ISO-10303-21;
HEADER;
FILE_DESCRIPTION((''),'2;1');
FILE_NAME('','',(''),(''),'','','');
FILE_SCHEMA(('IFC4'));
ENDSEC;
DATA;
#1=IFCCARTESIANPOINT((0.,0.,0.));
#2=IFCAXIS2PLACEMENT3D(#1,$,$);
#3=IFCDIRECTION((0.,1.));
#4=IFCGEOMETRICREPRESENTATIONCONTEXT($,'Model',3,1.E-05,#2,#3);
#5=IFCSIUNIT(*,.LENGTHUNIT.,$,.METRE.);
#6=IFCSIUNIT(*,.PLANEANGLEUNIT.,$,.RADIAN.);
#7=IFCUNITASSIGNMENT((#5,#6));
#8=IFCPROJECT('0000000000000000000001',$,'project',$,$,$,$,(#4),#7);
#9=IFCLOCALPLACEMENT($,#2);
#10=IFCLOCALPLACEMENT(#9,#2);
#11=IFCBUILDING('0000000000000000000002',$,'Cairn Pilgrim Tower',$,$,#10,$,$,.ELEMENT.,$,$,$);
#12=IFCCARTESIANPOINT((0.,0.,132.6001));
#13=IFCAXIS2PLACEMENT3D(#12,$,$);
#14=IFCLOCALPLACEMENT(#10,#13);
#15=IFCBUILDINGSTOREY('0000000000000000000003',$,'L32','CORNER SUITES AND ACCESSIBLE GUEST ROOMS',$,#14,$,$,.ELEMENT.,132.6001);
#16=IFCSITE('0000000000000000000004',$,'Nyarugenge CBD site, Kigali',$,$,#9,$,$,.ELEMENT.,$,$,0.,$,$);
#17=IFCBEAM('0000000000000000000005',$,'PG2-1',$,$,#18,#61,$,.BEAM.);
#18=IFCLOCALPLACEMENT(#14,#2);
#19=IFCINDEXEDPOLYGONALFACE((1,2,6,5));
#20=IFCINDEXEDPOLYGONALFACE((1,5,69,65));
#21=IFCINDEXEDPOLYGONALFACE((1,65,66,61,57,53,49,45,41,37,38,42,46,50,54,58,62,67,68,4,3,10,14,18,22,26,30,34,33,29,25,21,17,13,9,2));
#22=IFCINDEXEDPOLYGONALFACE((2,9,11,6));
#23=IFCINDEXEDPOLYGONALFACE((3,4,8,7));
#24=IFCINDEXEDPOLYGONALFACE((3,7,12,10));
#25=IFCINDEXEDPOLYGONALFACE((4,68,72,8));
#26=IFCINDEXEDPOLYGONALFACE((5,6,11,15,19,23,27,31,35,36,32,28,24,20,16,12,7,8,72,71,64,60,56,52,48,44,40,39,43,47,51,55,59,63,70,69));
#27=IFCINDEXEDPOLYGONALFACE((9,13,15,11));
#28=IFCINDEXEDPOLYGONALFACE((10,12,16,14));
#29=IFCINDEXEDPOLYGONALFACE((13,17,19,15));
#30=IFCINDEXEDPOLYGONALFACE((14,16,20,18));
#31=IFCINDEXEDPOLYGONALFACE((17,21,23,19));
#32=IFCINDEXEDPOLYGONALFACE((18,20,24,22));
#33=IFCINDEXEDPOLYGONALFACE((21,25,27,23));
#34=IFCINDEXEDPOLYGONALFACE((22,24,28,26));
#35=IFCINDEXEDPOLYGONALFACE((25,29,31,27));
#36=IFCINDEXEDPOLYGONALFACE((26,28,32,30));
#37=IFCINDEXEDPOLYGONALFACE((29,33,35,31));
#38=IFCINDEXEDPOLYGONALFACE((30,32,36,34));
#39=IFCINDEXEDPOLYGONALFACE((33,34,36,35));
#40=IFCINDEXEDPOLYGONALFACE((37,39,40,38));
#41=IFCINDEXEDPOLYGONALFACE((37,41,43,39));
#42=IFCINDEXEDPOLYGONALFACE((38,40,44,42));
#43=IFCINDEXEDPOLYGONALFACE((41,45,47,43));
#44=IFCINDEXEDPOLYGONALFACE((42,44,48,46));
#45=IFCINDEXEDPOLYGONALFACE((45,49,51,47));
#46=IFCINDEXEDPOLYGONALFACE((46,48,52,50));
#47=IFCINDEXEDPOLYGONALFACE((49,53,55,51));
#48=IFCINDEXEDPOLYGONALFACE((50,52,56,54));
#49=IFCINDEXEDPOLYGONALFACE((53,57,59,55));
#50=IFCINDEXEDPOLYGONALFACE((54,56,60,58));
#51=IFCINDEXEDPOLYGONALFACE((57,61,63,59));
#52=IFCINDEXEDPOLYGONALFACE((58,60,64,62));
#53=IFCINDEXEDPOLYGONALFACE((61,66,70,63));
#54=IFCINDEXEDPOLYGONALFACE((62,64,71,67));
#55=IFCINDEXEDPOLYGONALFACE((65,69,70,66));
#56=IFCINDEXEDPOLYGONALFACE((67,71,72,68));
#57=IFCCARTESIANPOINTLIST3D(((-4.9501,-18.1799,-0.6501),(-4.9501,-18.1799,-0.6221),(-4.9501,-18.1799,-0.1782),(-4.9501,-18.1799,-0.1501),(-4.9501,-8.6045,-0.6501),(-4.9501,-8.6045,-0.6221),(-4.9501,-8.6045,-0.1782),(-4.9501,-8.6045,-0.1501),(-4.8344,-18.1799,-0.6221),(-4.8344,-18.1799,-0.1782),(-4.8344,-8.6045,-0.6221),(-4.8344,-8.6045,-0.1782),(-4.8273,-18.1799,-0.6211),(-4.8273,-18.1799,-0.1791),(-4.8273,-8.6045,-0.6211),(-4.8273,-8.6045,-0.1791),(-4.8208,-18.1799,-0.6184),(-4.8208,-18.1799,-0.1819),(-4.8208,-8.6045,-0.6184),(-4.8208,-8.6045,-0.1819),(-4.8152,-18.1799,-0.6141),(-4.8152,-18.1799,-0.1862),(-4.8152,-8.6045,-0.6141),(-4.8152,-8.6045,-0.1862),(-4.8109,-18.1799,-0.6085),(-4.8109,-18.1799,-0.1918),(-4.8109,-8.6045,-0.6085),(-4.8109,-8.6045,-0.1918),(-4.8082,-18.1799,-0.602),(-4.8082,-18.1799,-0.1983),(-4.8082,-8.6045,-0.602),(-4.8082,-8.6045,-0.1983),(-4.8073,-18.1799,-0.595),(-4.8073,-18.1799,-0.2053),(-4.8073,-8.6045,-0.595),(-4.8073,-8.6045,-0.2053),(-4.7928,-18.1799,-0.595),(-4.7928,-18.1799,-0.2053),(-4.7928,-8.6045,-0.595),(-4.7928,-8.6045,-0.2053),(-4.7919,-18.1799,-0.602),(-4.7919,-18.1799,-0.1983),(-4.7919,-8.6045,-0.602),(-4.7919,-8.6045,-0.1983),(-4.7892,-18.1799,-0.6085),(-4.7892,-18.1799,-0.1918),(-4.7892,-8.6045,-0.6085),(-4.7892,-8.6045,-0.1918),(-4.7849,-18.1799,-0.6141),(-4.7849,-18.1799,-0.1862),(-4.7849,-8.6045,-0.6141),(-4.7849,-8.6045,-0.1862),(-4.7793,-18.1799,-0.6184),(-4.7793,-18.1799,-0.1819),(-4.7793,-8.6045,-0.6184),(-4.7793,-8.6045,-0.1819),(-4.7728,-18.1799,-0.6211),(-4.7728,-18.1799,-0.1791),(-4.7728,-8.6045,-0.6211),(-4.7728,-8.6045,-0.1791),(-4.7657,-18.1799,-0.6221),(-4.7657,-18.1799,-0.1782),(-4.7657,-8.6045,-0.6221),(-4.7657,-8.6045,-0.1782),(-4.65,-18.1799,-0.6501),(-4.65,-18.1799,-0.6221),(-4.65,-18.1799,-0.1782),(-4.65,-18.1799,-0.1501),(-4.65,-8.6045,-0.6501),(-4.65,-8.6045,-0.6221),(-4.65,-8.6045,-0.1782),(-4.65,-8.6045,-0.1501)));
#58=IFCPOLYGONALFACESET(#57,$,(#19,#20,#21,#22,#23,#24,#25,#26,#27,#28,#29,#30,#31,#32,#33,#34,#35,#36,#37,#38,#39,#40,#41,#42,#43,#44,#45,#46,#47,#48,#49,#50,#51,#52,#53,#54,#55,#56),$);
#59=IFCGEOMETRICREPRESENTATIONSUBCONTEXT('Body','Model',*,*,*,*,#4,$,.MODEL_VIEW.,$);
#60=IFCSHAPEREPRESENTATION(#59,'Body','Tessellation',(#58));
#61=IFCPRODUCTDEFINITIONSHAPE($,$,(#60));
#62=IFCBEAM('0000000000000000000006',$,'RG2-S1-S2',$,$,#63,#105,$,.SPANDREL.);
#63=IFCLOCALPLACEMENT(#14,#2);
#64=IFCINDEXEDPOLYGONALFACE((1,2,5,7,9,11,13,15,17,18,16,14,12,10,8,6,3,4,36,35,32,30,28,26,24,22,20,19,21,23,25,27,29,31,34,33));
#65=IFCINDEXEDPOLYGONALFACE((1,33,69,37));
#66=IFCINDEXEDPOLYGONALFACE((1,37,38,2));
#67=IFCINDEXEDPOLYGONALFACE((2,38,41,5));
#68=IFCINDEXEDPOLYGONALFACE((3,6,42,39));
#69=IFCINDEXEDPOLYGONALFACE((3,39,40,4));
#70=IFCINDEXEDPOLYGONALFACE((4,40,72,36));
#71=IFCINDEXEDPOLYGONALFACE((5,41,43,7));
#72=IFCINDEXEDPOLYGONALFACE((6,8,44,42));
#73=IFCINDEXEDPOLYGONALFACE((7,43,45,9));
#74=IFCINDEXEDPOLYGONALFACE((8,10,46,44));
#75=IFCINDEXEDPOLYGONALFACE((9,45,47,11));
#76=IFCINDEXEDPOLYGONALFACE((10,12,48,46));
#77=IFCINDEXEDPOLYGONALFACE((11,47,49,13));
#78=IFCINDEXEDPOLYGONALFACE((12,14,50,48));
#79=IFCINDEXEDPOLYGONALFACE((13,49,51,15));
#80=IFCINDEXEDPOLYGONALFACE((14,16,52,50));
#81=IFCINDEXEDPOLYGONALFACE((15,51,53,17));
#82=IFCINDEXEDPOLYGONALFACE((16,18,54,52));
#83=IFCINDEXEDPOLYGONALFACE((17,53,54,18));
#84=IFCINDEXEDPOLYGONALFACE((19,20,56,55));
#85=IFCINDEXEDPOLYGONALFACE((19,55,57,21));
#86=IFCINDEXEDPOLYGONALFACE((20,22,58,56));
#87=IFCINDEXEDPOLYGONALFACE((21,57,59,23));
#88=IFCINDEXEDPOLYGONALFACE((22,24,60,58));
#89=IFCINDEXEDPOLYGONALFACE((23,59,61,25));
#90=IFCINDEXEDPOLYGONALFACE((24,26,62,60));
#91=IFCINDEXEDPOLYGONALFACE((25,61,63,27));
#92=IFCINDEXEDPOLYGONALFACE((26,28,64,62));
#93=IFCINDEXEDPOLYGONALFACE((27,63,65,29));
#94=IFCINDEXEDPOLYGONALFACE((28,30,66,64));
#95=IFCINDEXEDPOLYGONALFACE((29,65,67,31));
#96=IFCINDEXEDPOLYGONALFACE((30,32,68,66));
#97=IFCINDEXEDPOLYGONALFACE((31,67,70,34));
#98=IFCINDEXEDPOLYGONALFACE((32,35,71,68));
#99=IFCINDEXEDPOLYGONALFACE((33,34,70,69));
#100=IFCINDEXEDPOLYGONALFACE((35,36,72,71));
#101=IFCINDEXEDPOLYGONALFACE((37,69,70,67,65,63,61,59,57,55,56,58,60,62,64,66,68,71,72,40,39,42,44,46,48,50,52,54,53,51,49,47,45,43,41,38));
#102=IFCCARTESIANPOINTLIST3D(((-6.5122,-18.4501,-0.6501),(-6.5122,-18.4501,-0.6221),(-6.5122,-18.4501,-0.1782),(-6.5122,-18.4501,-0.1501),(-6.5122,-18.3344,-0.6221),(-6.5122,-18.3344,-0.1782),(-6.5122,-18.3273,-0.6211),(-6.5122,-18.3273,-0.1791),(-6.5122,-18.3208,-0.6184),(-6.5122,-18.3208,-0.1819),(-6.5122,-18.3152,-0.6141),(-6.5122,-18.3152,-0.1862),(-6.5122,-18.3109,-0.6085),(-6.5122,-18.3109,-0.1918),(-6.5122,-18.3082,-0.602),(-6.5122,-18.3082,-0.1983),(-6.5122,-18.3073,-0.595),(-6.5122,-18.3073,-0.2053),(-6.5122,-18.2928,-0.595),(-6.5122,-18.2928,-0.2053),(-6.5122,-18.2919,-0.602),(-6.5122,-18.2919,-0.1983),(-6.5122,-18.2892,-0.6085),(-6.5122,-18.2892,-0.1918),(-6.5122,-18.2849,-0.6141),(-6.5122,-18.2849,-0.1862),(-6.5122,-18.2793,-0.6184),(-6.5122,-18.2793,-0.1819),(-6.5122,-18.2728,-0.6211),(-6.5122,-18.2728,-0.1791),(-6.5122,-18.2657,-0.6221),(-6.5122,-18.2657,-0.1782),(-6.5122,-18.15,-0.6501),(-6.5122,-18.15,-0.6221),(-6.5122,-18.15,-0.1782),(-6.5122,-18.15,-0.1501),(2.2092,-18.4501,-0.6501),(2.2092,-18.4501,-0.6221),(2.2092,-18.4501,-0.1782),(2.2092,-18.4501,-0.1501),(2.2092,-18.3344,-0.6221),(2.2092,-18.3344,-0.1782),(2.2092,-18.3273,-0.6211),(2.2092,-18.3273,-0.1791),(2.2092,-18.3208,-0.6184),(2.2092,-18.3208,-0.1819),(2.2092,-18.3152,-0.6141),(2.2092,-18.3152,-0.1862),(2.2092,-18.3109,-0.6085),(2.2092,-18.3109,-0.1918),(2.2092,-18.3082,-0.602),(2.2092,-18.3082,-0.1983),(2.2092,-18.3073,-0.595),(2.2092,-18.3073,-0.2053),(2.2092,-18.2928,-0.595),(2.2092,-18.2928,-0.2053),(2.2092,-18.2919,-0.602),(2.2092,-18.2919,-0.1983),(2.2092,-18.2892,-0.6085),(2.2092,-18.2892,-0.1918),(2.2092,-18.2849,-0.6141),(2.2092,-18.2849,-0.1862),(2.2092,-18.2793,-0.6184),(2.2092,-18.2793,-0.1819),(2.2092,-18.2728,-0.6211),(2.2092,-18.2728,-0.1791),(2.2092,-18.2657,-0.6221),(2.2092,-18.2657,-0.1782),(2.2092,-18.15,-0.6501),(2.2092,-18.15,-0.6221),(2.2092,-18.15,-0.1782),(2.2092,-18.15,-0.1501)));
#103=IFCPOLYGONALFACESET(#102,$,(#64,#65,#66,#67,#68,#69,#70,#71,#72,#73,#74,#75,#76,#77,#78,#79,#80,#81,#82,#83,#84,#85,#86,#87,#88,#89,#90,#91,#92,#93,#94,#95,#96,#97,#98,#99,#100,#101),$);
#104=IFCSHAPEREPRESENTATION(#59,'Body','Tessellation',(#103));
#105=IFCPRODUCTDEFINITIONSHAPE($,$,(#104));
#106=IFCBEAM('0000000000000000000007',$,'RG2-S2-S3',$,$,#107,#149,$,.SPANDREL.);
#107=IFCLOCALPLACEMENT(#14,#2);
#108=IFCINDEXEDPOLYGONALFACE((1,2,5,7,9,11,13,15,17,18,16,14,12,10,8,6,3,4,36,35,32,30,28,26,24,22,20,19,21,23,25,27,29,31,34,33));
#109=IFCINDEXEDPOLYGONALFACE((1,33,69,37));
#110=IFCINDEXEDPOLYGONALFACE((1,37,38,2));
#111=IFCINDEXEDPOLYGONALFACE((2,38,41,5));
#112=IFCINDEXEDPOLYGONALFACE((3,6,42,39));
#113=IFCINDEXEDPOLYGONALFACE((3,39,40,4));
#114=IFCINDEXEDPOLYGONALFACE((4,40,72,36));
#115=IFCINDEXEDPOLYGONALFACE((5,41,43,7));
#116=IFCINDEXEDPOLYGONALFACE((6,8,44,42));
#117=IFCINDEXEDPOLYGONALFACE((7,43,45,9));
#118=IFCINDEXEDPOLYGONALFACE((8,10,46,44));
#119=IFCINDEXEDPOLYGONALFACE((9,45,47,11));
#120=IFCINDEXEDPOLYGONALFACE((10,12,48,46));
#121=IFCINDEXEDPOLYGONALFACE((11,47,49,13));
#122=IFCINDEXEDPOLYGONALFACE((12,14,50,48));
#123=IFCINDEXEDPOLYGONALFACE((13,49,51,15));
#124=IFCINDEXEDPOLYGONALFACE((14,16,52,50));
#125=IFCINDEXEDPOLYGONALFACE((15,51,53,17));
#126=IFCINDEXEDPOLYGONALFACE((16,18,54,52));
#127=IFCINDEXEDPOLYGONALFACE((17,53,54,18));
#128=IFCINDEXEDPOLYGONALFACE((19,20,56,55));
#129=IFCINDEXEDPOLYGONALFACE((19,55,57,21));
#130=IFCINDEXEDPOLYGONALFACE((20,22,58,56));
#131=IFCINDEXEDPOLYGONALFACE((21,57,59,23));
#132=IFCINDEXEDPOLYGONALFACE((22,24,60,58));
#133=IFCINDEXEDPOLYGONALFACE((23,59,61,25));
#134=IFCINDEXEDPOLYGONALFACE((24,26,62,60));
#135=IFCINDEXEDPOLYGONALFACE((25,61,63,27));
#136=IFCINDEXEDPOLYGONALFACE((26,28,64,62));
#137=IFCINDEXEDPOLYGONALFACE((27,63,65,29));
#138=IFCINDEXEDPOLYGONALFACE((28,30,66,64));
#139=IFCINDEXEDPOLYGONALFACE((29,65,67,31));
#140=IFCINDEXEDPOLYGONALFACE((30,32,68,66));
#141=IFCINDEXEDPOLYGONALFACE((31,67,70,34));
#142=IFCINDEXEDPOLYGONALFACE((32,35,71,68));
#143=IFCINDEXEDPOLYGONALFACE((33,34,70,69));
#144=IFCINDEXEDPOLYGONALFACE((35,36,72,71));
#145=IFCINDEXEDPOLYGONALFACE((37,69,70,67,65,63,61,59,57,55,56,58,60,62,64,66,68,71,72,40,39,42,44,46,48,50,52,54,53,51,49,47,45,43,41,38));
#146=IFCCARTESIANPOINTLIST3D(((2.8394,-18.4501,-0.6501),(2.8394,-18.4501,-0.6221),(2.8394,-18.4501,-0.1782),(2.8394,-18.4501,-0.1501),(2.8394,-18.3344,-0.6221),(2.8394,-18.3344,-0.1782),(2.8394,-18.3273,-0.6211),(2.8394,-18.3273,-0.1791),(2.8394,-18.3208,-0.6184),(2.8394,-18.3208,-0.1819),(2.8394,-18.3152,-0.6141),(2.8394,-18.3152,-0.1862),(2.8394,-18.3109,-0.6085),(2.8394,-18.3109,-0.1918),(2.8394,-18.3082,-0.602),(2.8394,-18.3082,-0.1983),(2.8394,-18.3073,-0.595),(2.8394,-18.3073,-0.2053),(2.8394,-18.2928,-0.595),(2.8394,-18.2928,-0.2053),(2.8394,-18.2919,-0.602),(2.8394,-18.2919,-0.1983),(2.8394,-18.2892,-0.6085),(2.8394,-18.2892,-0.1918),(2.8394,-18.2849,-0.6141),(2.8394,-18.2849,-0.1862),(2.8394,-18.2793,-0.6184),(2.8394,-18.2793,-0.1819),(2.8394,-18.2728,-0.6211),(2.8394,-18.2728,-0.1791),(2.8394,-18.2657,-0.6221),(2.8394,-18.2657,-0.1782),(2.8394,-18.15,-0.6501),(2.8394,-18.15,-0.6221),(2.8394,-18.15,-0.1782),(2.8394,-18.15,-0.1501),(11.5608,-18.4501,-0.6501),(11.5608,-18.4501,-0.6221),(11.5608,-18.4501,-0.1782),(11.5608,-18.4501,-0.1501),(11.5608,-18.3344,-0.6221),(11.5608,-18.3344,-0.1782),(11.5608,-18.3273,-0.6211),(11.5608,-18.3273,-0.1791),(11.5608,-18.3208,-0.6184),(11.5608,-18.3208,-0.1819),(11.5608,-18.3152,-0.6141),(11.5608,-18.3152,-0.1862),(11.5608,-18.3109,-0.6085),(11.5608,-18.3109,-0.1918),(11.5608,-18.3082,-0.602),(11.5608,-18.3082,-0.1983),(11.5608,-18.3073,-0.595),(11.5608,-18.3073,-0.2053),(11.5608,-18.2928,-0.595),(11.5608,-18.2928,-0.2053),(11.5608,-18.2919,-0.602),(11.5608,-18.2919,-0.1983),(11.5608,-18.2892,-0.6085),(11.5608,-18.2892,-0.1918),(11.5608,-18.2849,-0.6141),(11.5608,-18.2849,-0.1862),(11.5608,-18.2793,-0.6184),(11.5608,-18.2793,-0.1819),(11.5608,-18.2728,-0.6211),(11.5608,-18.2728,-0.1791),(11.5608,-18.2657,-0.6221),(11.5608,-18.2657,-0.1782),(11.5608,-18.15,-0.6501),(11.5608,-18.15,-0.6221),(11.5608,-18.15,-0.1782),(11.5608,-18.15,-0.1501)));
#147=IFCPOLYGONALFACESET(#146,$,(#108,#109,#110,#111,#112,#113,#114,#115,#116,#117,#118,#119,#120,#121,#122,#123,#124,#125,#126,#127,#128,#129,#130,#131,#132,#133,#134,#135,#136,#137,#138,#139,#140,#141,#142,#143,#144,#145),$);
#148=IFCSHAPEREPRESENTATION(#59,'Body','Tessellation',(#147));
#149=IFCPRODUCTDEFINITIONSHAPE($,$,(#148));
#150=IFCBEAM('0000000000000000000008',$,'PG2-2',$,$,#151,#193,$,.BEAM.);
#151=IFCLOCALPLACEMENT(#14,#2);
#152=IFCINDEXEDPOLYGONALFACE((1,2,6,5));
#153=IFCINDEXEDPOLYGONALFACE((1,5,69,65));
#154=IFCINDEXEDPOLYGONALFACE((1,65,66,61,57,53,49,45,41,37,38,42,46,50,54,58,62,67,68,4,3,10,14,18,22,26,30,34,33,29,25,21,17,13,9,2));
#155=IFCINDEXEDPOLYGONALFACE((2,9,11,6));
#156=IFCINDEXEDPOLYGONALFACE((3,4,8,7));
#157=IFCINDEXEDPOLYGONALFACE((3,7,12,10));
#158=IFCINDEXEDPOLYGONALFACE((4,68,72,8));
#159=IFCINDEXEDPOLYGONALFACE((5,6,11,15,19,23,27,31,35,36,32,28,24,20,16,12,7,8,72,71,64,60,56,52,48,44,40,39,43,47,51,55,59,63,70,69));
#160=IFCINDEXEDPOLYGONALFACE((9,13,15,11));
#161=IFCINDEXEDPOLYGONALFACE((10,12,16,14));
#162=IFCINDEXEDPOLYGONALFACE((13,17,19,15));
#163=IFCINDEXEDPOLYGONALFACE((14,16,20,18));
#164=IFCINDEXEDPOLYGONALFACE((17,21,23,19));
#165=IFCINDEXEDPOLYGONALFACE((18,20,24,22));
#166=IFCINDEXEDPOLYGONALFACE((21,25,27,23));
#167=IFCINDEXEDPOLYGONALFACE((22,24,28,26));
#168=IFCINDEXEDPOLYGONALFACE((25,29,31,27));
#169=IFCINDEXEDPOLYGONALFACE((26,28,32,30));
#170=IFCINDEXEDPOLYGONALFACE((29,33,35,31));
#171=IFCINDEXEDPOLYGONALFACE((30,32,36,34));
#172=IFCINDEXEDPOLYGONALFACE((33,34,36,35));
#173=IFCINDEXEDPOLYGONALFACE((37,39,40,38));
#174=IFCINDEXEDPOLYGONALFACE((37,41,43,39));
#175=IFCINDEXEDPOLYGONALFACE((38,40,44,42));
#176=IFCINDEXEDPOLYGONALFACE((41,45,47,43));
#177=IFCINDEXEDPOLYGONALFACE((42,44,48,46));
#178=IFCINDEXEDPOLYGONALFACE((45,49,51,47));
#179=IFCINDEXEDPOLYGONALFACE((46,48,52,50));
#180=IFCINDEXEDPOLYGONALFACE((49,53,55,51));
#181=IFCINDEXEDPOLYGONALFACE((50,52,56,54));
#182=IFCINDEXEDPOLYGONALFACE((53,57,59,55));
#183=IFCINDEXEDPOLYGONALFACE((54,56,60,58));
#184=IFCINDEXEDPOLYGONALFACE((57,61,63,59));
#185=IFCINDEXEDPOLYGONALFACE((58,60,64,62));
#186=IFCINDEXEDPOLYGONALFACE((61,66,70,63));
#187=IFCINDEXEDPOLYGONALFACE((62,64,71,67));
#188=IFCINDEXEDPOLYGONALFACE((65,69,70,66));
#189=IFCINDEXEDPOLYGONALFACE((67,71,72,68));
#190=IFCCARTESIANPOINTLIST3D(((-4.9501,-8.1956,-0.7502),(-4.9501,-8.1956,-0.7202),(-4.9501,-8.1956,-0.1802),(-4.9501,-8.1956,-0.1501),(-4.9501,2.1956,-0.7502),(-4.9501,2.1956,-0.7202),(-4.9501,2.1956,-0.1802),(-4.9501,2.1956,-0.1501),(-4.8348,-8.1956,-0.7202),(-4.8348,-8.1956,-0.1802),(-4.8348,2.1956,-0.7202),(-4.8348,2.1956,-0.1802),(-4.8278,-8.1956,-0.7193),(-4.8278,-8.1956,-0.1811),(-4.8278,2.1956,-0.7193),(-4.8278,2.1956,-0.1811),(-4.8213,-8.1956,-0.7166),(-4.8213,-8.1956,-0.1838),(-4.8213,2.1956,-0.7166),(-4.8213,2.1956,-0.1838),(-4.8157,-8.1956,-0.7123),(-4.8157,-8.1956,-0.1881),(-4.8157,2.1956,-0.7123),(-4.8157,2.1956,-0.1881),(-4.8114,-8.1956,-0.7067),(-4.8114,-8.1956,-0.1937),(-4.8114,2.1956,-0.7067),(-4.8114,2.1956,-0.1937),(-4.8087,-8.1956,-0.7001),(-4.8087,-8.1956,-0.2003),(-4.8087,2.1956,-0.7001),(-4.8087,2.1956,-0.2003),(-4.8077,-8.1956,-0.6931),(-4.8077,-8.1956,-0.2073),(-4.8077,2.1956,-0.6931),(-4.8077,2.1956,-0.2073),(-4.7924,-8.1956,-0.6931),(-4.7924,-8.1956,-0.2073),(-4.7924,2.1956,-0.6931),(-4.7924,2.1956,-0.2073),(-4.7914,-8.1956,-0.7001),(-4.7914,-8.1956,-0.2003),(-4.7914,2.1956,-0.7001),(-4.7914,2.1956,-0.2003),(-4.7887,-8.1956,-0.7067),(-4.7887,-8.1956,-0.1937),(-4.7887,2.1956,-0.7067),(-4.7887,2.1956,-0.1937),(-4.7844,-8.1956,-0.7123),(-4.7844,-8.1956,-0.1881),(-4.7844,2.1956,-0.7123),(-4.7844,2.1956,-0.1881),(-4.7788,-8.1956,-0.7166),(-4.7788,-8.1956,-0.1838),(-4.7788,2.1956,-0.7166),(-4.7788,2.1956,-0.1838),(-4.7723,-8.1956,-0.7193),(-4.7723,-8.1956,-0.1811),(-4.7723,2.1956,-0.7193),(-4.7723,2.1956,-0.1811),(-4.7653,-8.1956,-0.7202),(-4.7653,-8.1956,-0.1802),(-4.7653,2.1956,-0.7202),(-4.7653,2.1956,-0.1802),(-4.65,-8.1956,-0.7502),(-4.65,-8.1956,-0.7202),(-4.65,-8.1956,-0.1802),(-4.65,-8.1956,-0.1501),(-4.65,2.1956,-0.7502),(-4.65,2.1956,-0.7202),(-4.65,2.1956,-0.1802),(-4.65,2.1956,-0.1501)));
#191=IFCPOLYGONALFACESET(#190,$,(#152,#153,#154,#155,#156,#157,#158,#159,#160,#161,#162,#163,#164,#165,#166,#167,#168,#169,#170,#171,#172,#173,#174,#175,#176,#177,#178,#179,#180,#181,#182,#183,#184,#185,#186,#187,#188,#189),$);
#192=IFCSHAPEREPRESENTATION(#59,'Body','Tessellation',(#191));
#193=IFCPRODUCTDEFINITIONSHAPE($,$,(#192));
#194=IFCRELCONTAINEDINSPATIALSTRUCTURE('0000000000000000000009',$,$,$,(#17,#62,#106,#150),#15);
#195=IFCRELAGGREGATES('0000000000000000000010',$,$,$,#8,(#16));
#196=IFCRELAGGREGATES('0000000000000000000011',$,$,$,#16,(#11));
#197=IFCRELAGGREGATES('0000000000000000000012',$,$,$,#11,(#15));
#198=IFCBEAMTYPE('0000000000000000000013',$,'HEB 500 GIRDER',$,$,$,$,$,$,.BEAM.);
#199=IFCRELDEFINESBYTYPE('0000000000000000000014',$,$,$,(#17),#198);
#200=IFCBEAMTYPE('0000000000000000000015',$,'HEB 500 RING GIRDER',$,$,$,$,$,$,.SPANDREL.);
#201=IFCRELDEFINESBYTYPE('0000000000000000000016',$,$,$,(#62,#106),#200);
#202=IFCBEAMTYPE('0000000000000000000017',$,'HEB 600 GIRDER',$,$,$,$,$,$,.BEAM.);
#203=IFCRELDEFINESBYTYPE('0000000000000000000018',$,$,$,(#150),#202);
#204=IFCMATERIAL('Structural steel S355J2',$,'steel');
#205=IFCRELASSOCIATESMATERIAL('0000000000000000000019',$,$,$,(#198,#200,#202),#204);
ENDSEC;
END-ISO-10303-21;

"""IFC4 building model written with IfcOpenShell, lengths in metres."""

from ifc_helpers import new_model, si_unit, direction, frame, origin, origin_2d, place, context, subcontext, project, spatial, i_section, extrude, material, material_profile, profile_set, type_object, element, save


model = new_model("IFC4")

# Units and contexts
model_context = context("Model", 3, precision=1e-05, world=origin(), true_north=direction((0.0, 1.0)))
body_context = subcontext(model_context, "Body", "Model", "MODEL_VIEW")
ifc_project = project(units=[si_unit("LENGTHUNIT", "METRE"), si_unit("PLANEANGLEUNIT", "RADIAN")], contexts=[model_context])

# Site, building, storey
site_placement = place(None, origin())
site = spatial("IfcSite", under=ifc_project, at=site_placement, Name="Nyarugenge CBD site, Kigali", CompositionType="ELEMENT", RefElevation=0.0)
building_placement = place(site_placement, origin())
building = spatial("IfcBuilding", under=site, at=building_placement, Name="Cairn Pilgrim Tower", CompositionType="ELEMENT")
storey_placement = place(building_placement, frame((0.0, 0.0, 132.6001)))
storey = spatial("IfcBuildingStorey", under=building, at=storey_placement, Name="L32", Description="CORNER SUITES AND ACCESSIBLE GUEST ROOMS", CompositionType="ELEMENT", Elevation=132.6001)

# Beams
ifc_material_1 = material(Name="Structural steel S355J2", Category="steel")
ifc_material_profile_1 = material_profile(ifc_material_1, i_section(OverallWidth=0.3, OverallDepth=0.5, WebThickness=0.0144, FlangeThickness=0.0281, FilletRadius=0.0271, at=origin_2d()), Name="HEB 500")
ifc_profile_set_1 = profile_set([ifc_material_profile_1], Name="Structural steel S355J2")
beam_type_1 = type_object("IfcBeamType", Name="HEB 500 GIRDER", PredefinedType="BEAM", material=ifc_profile_set_1)
beam_1_placement = place(storey_placement, frame((-4.8, -18.1799, -0.4001), z_axis=(0.0, 1.0, 0.0), x_axis=(-1.0, 0.0, 0.0)))
element("IfcBeam", 1, at=beam_1_placement, inside=storey, type_object=beam_type_1, Name="PG2-1", PredefinedType="BEAM", context=body_context, shape_type="SweptSolid", body=[
    extrude(i_section(OverallWidth=0.3, OverallDepth=0.5, WebThickness=0.0144, FlangeThickness=0.0281, FilletRadius=0.0271, at=origin_2d()), origin(), (0.0, 0.0, 1.0), 9.5754),
])
ifc_material_profile_2 = material_profile(ifc_material_1, i_section(OverallWidth=0.3, OverallDepth=0.5, WebThickness=0.0144, FlangeThickness=0.0281, FilletRadius=0.0271, at=origin_2d()), Name="HEB 500")
ifc_profile_set_2 = profile_set([ifc_material_profile_2], Name="Structural steel S355J2")
beam_type_2 = type_object("IfcBeamType", Name="HEB 500 RING GIRDER", PredefinedType="SPANDREL", material=ifc_profile_set_2)
for number, where, z_axis, x_axis, name in (
    (2, (-6.5122, -18.3, -0.4001), (1.0, 0.0, 0.0), (0.0, 1.0, 0.0), "RG2-S1-S2"),
    (3, (2.8394, -18.3, -0.4001), (1.0, 0.0, 0.0), (0.0, 1.0, 0.0), "RG2-S2-S3"),
):
    element("IfcBeam", number, at=place(storey_placement, frame(where, z_axis=z_axis, x_axis=x_axis)), inside=storey, type_object=beam_type_2, Name=name, PredefinedType="SPANDREL", context=body_context, shape_type="SweptSolid", body=[
        extrude(i_section(OverallWidth=0.3, OverallDepth=0.5, WebThickness=0.0144, FlangeThickness=0.0281, FilletRadius=0.0271, at=origin_2d()), origin(), (0.0, 0.0, 1.0), 8.7214),
    ])
ifc_material_profile_3 = material_profile(ifc_material_1, i_section(OverallWidth=0.3, OverallDepth=0.6001, WebThickness=0.0154, FlangeThickness=0.03, FilletRadius=0.0271, at=origin_2d()), Name="HEB 600")
ifc_profile_set_3 = profile_set([ifc_material_profile_3], Name="Structural steel S355J2")
beam_type_3 = type_object("IfcBeamType", Name="HEB 600 GIRDER", PredefinedType="BEAM", material=ifc_profile_set_3)
beam_2_placement = place(storey_placement, frame((-4.8, -8.1956, -0.4502), z_axis=(0.0, 1.0, 0.0), x_axis=(-1.0, 0.0, 0.0)))
element("IfcBeam", 4, at=beam_2_placement, inside=storey, type_object=beam_type_3, Name="PG2-2", PredefinedType="BEAM", context=body_context, shape_type="SweptSolid", body=[
    extrude(i_section(OverallWidth=0.3, OverallDepth=0.6001, WebThickness=0.0154, FlangeThickness=0.03, FilletRadius=0.0271, at=origin_2d()), origin(), (0.0, 0.0, 1.0), 10.3911),
])

save(model, "model.ifc")
